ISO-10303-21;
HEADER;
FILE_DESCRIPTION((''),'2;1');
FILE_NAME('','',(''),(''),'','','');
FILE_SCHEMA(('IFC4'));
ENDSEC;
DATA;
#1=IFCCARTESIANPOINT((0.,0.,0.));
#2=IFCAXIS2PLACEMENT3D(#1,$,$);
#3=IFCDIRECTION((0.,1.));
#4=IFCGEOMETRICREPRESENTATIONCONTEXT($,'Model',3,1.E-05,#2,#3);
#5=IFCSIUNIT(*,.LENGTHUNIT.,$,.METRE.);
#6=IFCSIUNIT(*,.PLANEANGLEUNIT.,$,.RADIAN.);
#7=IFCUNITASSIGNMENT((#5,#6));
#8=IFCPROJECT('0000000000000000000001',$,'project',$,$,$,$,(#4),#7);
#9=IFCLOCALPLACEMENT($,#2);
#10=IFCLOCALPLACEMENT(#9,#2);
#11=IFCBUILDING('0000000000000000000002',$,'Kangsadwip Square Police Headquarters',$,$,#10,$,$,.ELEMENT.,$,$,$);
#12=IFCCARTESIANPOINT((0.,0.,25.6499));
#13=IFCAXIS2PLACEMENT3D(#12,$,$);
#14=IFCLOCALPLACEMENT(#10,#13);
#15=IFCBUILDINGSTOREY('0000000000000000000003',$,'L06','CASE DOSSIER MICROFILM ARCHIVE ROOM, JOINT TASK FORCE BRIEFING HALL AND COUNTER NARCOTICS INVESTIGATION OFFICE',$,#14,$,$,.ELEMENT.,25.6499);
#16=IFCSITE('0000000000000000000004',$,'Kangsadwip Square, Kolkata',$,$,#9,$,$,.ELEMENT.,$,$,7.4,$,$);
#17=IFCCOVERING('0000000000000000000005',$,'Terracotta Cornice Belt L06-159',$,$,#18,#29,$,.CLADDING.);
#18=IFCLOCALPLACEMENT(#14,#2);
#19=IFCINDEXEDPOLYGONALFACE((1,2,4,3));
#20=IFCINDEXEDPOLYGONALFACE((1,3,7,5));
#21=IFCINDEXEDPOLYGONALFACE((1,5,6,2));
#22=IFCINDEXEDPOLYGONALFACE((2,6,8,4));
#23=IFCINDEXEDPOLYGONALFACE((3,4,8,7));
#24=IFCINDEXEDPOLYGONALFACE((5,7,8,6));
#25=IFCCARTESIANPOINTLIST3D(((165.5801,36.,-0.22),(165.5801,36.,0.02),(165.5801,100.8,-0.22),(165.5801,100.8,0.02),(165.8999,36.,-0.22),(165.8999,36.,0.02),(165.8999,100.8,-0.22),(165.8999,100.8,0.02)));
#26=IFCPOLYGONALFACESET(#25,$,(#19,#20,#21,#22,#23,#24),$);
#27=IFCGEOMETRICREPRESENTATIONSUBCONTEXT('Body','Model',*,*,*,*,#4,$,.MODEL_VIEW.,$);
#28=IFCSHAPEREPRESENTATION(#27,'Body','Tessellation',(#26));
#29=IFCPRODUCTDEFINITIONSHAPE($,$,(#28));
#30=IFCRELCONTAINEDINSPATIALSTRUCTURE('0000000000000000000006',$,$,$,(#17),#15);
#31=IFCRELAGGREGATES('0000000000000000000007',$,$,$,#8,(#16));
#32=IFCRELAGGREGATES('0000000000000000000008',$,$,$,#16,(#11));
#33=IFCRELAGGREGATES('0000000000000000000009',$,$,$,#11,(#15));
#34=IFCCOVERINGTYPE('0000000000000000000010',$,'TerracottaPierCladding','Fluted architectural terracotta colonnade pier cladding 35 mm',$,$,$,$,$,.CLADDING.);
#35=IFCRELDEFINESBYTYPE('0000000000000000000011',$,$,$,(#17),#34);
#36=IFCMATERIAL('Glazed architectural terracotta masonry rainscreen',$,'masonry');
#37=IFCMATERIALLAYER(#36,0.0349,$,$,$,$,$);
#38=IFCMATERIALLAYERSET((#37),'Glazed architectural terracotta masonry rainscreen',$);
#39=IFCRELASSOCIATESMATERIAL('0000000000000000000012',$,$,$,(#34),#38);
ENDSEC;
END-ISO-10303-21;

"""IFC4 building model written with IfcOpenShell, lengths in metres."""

from ifc_helpers import new_model, si_unit, direction, frame, origin, place, context, subcontext, project, spatial, polyline, outline, extrude, material, layer, layer_set, type_object, element, save


model = new_model("IFC4")

# Units and contexts
model_context = context("Model", 3, precision=1e-05, world=origin(), true_north=direction((0.0, 1.0)))
body_context = subcontext(model_context, "Body", "Model", "MODEL_VIEW")
ifc_project = project(units=[si_unit("LENGTHUNIT", "METRE"), si_unit("PLANEANGLEUNIT", "RADIAN")], contexts=[model_context])

# Site, building, storey
site_placement = place(None, origin())
site = spatial("IfcSite", under=ifc_project, at=site_placement, Name="Kangsadwip Square, Kolkata", CompositionType="ELEMENT", RefElevation=7.4)
building_placement = place(site_placement, origin())
building = spatial("IfcBuilding", under=site, at=building_placement, Name="Kangsadwip Square Police Headquarters", CompositionType="ELEMENT")
storey_placement = place(building_placement, frame((0.0, 0.0, 25.6499)))
storey = spatial("IfcBuildingStorey", under=building, at=storey_placement, Name="L06", Description="CASE DOSSIER MICROFILM ARCHIVE ROOM, JOINT TASK FORCE BRIEFING HALL AND COUNTER NARCOTICS INVESTIGATION OFFICE", CompositionType="ELEMENT", Elevation=25.6499)

# Covering
ifc_material_1 = material(Name="Glazed architectural terracotta masonry rainscreen", Category="masonry")
ifc_layer_1 = layer(ifc_material_1, 0.0349)
ifc_layer_set_1 = layer_set([ifc_layer_1], Name="Glazed architectural terracotta masonry rainscreen")
covering_type_1 = type_object("IfcCoveringType", Name="TerracottaPierCladding", Description="Fluted architectural terracotta colonnade pier cladding 35 mm", PredefinedType="CLADDING", material=ifc_layer_set_1)
covering_1_placement = place(storey_placement, frame((0.0, 0.0, -0.22)))
element("IfcCovering", 1, at=covering_1_placement, inside=storey, type_object=covering_type_1, Name="Terracotta Cornice Belt L06-159", PredefinedType="CLADDING", context=body_context, shape_type="SweptSolid", body=[
    extrude(outline(polyline([(165.5801, 36.0), (165.8999, 36.0), (165.8999, 100.8), (165.5801, 100.8), (165.5801, 36.0)])), origin(), (0.0, 0.0, 1.0), 0.24),
])

save(model, "model.ifc")
